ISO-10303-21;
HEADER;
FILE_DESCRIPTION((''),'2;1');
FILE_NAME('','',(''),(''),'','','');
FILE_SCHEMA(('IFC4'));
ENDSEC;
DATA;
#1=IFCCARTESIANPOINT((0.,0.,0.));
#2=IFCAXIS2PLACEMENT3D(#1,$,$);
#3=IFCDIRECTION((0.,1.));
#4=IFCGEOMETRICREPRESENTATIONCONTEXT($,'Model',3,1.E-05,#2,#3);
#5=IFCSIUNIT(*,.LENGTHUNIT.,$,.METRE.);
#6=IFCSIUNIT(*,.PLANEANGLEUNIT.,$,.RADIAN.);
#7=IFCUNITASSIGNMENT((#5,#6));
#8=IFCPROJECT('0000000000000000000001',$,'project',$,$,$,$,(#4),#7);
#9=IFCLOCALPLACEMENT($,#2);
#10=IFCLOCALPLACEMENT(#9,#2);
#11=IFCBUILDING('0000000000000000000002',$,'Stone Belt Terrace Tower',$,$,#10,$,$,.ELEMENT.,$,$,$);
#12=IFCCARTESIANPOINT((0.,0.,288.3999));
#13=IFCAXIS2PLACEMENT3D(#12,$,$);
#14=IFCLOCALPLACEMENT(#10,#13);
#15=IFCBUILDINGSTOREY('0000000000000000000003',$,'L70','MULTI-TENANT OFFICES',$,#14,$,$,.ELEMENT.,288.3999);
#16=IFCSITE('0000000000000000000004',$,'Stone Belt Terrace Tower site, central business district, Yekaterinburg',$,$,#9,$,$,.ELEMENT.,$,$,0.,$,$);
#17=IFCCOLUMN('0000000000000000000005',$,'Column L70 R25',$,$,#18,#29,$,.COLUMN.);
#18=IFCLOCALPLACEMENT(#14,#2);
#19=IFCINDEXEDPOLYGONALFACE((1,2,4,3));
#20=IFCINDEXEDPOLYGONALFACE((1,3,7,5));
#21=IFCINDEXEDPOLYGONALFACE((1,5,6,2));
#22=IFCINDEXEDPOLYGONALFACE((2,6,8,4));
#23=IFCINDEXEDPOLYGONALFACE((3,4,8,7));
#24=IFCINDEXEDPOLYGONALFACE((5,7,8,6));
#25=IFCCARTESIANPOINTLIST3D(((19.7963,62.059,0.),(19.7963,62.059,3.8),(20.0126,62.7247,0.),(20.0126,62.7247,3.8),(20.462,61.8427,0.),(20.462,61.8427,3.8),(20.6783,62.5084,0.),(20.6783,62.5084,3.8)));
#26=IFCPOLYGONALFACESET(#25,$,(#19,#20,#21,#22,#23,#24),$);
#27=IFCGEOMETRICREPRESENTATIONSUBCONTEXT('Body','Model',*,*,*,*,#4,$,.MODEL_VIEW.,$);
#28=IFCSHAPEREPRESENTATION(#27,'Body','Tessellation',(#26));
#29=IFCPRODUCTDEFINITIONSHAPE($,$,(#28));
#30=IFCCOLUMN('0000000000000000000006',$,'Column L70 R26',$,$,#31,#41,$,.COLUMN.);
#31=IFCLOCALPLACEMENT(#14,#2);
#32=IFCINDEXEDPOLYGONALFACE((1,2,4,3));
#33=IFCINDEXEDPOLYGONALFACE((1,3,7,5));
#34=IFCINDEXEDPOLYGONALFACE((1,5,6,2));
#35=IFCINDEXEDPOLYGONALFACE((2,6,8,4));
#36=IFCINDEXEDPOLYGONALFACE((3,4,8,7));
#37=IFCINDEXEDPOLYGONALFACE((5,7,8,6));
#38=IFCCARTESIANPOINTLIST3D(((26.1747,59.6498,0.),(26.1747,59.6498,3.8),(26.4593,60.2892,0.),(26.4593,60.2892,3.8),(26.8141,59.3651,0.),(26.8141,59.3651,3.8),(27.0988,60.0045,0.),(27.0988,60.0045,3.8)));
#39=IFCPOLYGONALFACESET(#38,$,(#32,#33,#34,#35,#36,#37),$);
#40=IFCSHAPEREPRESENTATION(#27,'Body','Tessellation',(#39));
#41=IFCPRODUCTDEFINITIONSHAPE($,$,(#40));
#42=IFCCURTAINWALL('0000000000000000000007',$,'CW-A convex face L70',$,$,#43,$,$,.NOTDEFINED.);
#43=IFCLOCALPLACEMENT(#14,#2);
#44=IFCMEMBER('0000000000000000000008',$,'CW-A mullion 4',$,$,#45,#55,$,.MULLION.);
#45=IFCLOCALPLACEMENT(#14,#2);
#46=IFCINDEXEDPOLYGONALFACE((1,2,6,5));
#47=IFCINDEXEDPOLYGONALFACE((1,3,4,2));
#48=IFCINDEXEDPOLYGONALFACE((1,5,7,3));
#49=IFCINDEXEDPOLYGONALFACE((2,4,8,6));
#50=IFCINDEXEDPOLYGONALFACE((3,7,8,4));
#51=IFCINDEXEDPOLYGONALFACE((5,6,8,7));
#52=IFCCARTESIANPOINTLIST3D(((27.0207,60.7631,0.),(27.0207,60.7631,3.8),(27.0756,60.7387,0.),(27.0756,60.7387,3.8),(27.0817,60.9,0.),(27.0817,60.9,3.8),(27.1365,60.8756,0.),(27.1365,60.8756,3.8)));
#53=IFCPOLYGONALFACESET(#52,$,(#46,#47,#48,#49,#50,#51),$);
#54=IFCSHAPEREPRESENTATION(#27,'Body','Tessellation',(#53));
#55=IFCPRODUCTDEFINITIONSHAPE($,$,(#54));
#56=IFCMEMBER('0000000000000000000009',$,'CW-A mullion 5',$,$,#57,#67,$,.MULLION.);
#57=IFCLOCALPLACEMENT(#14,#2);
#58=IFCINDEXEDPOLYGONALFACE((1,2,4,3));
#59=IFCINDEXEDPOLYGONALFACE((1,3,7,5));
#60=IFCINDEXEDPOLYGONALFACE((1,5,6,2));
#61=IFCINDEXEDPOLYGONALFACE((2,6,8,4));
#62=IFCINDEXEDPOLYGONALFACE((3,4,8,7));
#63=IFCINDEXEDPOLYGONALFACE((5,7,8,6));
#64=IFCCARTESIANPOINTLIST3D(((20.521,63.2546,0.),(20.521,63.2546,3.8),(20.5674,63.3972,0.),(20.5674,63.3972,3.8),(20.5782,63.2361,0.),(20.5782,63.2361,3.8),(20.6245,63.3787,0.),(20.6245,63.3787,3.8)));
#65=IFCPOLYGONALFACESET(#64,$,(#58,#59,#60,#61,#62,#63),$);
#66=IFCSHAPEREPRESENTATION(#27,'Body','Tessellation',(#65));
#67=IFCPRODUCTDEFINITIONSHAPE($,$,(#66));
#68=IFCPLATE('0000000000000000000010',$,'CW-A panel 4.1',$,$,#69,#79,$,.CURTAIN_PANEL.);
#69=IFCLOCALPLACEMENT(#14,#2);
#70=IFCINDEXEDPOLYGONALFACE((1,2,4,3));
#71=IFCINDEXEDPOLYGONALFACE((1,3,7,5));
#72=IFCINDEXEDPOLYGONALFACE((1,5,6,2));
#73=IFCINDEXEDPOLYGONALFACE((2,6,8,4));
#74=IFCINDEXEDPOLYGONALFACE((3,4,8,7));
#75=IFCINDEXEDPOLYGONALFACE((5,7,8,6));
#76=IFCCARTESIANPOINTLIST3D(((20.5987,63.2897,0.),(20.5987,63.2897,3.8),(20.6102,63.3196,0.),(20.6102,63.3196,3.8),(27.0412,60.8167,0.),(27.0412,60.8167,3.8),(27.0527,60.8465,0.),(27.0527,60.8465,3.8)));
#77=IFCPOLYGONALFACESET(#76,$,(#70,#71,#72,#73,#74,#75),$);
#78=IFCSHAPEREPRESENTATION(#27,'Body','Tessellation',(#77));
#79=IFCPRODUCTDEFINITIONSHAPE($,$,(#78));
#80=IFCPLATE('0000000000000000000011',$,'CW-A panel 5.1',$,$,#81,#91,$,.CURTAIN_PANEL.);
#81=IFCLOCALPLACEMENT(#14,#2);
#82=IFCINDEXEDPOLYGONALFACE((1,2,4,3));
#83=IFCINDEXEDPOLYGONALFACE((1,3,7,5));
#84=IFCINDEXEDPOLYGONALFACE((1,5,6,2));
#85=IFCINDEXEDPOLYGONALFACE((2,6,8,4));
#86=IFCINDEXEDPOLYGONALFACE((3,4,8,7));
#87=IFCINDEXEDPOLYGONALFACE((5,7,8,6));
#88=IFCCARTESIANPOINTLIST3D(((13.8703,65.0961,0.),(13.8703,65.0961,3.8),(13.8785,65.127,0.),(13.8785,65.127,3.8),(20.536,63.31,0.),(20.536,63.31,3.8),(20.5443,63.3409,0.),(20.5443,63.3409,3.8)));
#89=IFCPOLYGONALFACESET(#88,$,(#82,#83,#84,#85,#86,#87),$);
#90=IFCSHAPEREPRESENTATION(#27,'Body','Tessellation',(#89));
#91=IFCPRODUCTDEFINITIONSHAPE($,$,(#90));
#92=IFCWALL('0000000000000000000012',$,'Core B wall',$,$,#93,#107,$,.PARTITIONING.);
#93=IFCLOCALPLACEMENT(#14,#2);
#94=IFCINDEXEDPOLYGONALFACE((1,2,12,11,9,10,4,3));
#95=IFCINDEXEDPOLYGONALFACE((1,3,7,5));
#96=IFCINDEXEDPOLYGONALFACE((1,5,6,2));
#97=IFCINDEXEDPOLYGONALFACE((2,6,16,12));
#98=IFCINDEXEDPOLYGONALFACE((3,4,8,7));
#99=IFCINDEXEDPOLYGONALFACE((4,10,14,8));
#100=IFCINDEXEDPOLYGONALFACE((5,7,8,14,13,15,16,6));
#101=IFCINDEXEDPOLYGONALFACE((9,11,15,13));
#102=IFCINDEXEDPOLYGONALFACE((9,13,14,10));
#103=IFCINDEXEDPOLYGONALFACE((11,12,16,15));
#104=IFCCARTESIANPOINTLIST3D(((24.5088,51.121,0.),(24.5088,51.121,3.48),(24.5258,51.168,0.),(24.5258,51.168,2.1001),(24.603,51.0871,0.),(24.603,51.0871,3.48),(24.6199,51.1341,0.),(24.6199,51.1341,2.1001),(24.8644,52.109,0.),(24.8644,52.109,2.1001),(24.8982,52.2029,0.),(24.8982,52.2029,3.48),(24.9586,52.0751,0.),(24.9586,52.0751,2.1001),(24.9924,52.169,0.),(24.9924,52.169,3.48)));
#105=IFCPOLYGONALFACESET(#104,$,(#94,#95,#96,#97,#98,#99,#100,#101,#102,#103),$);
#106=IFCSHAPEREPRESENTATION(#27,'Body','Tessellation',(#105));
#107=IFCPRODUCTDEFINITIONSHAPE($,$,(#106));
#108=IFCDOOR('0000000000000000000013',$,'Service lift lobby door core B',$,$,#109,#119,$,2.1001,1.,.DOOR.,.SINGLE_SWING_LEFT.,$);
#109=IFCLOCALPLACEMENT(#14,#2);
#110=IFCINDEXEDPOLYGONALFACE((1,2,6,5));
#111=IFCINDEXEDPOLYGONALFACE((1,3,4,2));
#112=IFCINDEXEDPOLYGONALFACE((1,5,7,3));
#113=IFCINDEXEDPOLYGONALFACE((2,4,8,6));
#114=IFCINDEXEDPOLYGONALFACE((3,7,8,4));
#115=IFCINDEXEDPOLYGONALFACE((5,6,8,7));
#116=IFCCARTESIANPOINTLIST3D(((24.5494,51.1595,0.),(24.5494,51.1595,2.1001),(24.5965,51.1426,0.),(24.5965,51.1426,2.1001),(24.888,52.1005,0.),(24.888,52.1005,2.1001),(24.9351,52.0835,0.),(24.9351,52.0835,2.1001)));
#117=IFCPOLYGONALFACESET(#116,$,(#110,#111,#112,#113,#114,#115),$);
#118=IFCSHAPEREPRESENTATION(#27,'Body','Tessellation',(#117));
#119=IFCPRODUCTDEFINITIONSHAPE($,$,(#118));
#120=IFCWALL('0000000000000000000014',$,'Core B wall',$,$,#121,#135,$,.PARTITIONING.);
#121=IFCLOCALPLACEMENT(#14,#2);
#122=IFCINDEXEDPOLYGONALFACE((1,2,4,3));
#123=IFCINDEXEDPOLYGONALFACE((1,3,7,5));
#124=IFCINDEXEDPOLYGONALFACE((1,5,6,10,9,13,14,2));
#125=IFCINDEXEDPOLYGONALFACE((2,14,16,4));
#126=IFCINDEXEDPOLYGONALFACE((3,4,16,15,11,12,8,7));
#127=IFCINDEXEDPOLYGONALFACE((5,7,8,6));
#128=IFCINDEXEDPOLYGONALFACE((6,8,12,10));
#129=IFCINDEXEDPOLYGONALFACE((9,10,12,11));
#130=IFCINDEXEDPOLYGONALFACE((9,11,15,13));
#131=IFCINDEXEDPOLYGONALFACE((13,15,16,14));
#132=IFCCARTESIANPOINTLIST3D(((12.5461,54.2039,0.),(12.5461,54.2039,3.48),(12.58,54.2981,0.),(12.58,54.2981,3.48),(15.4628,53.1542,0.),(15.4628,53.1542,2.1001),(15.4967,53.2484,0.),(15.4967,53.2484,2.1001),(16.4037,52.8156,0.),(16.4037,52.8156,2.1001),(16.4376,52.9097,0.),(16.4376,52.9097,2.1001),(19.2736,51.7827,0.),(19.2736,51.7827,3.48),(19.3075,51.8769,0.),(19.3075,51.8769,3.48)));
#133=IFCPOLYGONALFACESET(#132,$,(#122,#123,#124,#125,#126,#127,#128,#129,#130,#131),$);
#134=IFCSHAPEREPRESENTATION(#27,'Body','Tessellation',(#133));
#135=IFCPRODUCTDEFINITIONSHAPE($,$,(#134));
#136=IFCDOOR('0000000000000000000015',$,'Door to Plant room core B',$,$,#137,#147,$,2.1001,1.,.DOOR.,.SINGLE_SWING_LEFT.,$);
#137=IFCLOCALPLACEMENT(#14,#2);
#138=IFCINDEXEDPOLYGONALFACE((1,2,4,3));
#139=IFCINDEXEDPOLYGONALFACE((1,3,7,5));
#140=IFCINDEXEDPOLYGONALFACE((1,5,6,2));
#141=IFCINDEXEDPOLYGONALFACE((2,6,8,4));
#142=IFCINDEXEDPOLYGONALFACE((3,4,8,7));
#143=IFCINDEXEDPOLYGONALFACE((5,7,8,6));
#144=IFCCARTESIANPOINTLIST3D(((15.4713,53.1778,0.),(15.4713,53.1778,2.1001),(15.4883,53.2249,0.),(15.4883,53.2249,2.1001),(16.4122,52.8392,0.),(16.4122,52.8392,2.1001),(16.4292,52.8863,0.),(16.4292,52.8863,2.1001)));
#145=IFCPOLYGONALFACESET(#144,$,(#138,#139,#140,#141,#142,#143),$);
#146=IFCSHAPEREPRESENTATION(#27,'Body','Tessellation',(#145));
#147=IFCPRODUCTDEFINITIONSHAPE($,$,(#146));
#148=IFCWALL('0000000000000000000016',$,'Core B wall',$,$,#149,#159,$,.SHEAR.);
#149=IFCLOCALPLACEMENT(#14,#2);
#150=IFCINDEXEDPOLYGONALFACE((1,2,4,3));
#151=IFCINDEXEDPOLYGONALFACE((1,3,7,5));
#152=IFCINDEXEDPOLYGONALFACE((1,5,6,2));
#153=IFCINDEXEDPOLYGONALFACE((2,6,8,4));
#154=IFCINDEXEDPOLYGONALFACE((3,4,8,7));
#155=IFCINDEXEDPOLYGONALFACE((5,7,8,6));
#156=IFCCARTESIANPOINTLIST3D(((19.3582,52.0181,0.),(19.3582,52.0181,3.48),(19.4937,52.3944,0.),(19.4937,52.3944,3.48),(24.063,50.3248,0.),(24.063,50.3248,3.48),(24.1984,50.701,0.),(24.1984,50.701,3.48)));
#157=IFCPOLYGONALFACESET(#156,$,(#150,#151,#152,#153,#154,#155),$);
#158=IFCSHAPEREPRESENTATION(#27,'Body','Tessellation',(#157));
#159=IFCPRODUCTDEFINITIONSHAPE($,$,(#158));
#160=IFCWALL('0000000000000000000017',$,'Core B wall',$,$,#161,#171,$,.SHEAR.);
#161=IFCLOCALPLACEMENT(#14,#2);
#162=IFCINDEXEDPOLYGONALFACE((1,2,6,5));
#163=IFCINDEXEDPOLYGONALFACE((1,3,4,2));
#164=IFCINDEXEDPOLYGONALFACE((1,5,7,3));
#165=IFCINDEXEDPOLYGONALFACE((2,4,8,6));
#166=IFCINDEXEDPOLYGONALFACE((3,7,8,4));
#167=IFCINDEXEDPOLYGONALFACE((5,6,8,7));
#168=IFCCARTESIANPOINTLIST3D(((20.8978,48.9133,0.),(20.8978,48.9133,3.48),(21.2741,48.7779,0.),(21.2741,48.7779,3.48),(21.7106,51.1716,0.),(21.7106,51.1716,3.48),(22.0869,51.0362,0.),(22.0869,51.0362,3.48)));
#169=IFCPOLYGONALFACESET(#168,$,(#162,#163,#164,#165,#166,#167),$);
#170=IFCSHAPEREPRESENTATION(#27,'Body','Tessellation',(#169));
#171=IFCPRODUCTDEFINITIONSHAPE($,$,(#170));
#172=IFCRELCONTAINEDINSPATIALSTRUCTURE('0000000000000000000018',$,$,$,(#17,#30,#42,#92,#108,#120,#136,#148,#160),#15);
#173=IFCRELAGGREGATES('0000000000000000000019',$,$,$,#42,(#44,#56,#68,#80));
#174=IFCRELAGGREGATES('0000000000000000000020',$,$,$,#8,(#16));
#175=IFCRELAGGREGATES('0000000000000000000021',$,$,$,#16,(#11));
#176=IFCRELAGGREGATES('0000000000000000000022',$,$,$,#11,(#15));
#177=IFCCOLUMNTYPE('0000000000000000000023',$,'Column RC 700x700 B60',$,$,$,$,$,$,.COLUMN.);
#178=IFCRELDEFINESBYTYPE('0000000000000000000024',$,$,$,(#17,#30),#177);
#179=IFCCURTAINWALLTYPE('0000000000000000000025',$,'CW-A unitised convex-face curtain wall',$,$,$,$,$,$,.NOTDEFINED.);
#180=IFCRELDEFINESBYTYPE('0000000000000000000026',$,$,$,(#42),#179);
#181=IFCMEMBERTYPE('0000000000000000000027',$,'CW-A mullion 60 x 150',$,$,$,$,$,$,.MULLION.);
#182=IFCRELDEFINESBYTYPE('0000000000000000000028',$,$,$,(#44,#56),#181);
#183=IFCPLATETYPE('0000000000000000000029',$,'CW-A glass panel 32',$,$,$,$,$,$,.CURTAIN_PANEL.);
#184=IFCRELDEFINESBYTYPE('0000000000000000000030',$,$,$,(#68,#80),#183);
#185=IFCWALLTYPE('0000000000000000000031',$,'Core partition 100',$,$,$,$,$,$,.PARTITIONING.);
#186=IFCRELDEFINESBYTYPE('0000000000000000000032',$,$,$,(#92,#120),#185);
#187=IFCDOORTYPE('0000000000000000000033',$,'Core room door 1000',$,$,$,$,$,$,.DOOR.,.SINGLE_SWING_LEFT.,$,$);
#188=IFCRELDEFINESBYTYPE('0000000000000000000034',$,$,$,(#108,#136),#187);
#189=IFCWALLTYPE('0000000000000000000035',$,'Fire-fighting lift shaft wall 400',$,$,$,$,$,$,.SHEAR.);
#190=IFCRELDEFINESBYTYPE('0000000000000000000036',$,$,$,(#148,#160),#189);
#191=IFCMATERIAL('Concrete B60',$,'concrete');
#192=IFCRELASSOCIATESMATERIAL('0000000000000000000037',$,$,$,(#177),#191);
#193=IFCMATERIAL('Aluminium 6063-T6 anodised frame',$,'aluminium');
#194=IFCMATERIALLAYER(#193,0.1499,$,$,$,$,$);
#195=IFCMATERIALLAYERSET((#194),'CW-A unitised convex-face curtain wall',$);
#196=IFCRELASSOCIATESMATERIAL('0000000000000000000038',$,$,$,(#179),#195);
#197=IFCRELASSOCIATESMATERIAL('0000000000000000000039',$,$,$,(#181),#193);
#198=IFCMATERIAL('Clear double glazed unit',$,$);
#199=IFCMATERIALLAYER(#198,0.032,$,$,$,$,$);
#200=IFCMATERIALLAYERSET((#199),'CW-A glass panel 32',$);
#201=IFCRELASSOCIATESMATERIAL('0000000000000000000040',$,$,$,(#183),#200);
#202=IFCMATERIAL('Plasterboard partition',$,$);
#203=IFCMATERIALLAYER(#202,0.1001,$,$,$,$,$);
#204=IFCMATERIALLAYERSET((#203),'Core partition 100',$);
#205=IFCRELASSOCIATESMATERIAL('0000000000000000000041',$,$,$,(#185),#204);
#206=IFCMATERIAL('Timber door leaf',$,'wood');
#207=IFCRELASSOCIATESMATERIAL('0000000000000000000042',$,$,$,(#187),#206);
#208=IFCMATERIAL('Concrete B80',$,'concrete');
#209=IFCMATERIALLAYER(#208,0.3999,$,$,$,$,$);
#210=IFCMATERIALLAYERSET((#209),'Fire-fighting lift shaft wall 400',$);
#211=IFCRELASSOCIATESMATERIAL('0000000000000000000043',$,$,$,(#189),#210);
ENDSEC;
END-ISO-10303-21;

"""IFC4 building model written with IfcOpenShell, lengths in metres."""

from ifc_helpers import new_model, si_unit, direction, frame, frame_2d, origin, origin_2d, place, context, subcontext, project, spatial, rectangle, extrude, material, layer, layer_set, material_profile, profile_set, type_object, element, fill, aggregate, save


model = new_model("IFC4")

# Units and contexts
model_context = context("Model", 3, precision=1e-05, world=origin(), true_north=direction((0.0, 1.0)))
body_context = subcontext(model_context, "Body", "Model", "MODEL_VIEW")
ifc_project = project(units=[si_unit("LENGTHUNIT", "METRE"), si_unit("PLANEANGLEUNIT", "RADIAN")], contexts=[model_context])

# Site, building, storey
site_placement = place(None, origin())
site = spatial("IfcSite", under=ifc_project, at=site_placement, Name="Stone Belt Terrace Tower site, central business district, Yekaterinburg", CompositionType="ELEMENT", RefElevation=0.0)
building_placement = place(site_placement, origin())
building = spatial("IfcBuilding", under=site, at=building_placement, Name="Stone Belt Terrace Tower", CompositionType="ELEMENT")
storey_placement = place(building_placement, frame((0.0, 0.0, 288.3999)))
storey = spatial("IfcBuildingStorey", under=building, at=storey_placement, Name="L70", Description="MULTI-TENANT OFFICES", CompositionType="ELEMENT", Elevation=288.3999)

# Columns
ifc_material_1 = material(Name="Concrete B60", Category="concrete")
ifc_material_profile_1 = material_profile(ifc_material_1, rectangle(XDim=0.7, YDim=0.7, at=origin_2d()), Name="RC 700x700")
ifc_profile_set_1 = profile_set([ifc_material_profile_1], Name="Concrete B60")
column_type = type_object("IfcColumnType", Name="Column RC 700x700 B60", PredefinedType="COLUMN", material=ifc_profile_set_1)
for number, where, z_axis, x_axis, name in (
    (1, (20.2373, 62.2837, 0.0), (0.0, 0.0, 1.0), (0.951057, -0.309017, 0.0), "Column L70 R25"),
    (2, (26.6367, 59.8271, 0.0), (0.0, 0.0, 1.0), (0.913545, -0.406737, 0.0), "Column L70 R26"),
):
    element("IfcColumn", number, at=place(storey_placement, frame(where, z_axis=z_axis, x_axis=x_axis)), inside=storey, type_object=column_type, Name=name, PredefinedType="COLUMN", context=body_context, shape_type="SweptSolid", body=[
        extrude(rectangle(XDim=0.7, YDim=0.7, at=origin_2d()), origin(), (0.0, 0.0, 1.0), 3.8),
    ])

# Curtain wall, members, plates
ifc_material_2 = material(Name="Aluminium 6063-T6 anodised frame", Category="aluminium")
ifc_layer_1 = layer(ifc_material_2, 0.1499)
ifc_layer_set_1 = layer_set([ifc_layer_1], Name="CW-A unitised convex-face curtain wall")
curtain_wall_type = type_object("IfcCurtainWallType", Name="CW-A unitised convex-face curtain wall", PredefinedType="NOTDEFINED", material=ifc_layer_set_1)
curtain_wall_placement = place(storey_placement, origin())
curtain_wall = element("IfcCurtainWall", 3, at=curtain_wall_placement, inside=storey, type_object=curtain_wall_type, Name="CW-A convex face L70", PredefinedType="NOTDEFINED")
ifc_material_profile_2 = material_profile(ifc_material_2, rectangle(XDim=0.1499, YDim=0.0601, at=origin_2d()), Name="Aluminium 6063-T6 60x150")
ifc_profile_set_2 = profile_set([ifc_material_profile_2], Name="Aluminium 6063-T6 anodised frame")
member_type = type_object("IfcMemberType", Name="CW-A mullion 60 x 150", PredefinedType="MULLION", material=ifc_profile_set_2)
member_1_placement = place(storey_placement, frame((27.0786, 60.8193, 0.0), z_axis=(0.0, 0.0, 1.0), x_axis=(-0.406737, -0.913545, 0.0)))
member_1 = element("IfcMember", 4, at=member_1_placement, type_object=member_type, Name="CW-A mullion 4", PredefinedType="MULLION", context=body_context, shape_type="SweptSolid", body=[
    extrude(rectangle(XDim=0.1499, YDim=0.0601, at=origin_2d()), origin(), (0.0, 0.0, 1.0), 3.8),
])
member_2_placement = place(storey_placement, frame((20.5728, 63.3167, 0.0), z_axis=(0.0, 0.0, 1.0), x_axis=(-0.309017, -0.951057, 0.0)))
member_2 = element("IfcMember", 5, at=member_2_placement, type_object=member_type, Name="CW-A mullion 5", PredefinedType="MULLION", context=body_context, shape_type="SweptSolid", body=[
    extrude(rectangle(XDim=0.1499, YDim=0.0601, at=origin_2d()), origin(), (0.0, 0.0, 1.0), 3.8),
])
ifc_material_3 = material(Name="Clear double glazed unit")
ifc_layer_2 = layer(ifc_material_3, 0.032)
ifc_layer_set_2 = layer_set([ifc_layer_2], Name="CW-A glass panel 32")
plate_type = type_object("IfcPlateType", Name="CW-A glass panel 32", PredefinedType="CURTAIN_PANEL", material=ifc_layer_set_2)
plate_1_placement = place(storey_placement, frame((23.8257, 62.0681, 0.0), z_axis=(0.0, 0.0, 1.0), x_axis=(-0.93358, 0.358368, 0.0)))
plate_1 = element("IfcPlate", 6, at=plate_1_placement, type_object=plate_type, Name="CW-A panel 4.1", PredefinedType="CURTAIN_PANEL", context=body_context, shape_type="SweptSolid", body=[
    extrude(rectangle(XDim=6.9009, YDim=0.032, at=origin_2d()), origin(), (0.0, 0.0, 1.0), 3.8),
])
plate_2_placement = place(storey_placement, frame((17.2073, 64.2185, 0.0), z_axis=(0.0, 0.0, 1.0), x_axis=(-0.965926, 0.258819, 0.0)))
plate_2 = element("IfcPlate", 7, at=plate_2_placement, type_object=plate_type, Name="CW-A panel 5.1", PredefinedType="CURTAIN_PANEL", context=body_context, shape_type="SweptSolid", body=[
    extrude(rectangle(XDim=6.9009, YDim=0.032, at=origin_2d()), origin(), (0.0, 0.0, 1.0), 3.8),
])
aggregate(curtain_wall, [member_1, member_2, plate_1, plate_2])

# Walls, openings, doors
ifc_material_4 = material(Name="Plasterboard partition")
ifc_layer_3 = layer(ifc_material_4, 0.1001)
ifc_layer_set_3 = layer_set([ifc_layer_3], Name="Core partition 100")
wall_type_1 = type_object("IfcWallType", Name="Core partition 100", PredefinedType="PARTITIONING", material=ifc_layer_set_3)
wall_1_placement = place(storey_placement, frame((24.5559, 51.104, 0.0), z_axis=(0.0, 0.0, 1.0), x_axis=(0.338622, 0.940923, 0.0)))
wall_1 = element("IfcWall", 8, at=wall_1_placement, inside=storey, type_object=wall_type_1, Name="Core B wall", PredefinedType="PARTITIONING", context=body_context, shape_type="SweptSolid", body=[
    extrude(rectangle(XDim=1.1499, YDim=0.1001, at=frame_2d((0.575, 0.0))), origin(), (0.0, 0.0, 1.0), 3.48),
])
opening_1_placement = place(wall_1_placement, frame((0.05, 0.0, 0.0)))
opening_1 = element("IfcOpeningElement", 9, at=opening_1_placement, cuts=wall_1, PredefinedType="OPENING", context=body_context, shape_type="SweptSolid", body=[
    extrude(rectangle(XDim=1.0, YDim=2.1001, at=frame_2d((0.5, 1.05))), frame((0.0, 0.0601, 0.0), z_axis=(0.0, -1.0, 0.0), x_axis=(1.0, 0.0, 0.0)), (0.0, 0.0, 1.0), 0.1201),
])
ifc_material_5 = material(Name="Timber door leaf", Category="wood")
door_type_1 = type_object("IfcDoorType", Name="Core room door 1000", OperationType="SINGLE_SWING_LEFT", PredefinedType="DOOR", material=ifc_material_5)
door_1_placement = place(opening_1_placement, origin())
door_1 = element("IfcDoor", 10, at=door_1_placement, inside=storey, type_object=door_type_1, Name="Service lift lobby door core B", OperationType="SINGLE_SWING_LEFT", OverallHeight=2.1001, OverallWidth=1.0, PredefinedType="DOOR", context=body_context, shape_type="SweptSolid", body=[
    extrude(rectangle(XDim=1.0, YDim=2.1001, at=frame_2d((0.5, 1.05))), frame((0.0, 0.0249, 0.0), z_axis=(0.0, -1.0, 0.0), x_axis=(1.0, 0.0, 0.0)), (0.0, 0.0, 1.0), 0.05),
])
fill(opening_1, door_1)
wall_2_placement = place(storey_placement, frame((19.2905, 51.8298, 0.0), z_axis=(0.0, 0.0, 1.0), x_axis=(-0.940922, 0.338624, 0.0)))
wall_2 = element("IfcWall", 11, at=wall_2_placement, inside=storey, type_object=wall_type_1, Name="Core B wall", PredefinedType="PARTITIONING", context=body_context, shape_type="SweptSolid", body=[
    extrude(rectangle(XDim=7.1499, YDim=0.1001, at=frame_2d((3.575, 0.0))), origin(), (0.0, 0.0, 1.0), 3.48),
])
opening_2_placement = place(wall_2_placement, frame((3.05, 0.0, 0.0)))
opening_2 = element("IfcOpeningElement", 12, at=opening_2_placement, cuts=wall_2, PredefinedType="OPENING", context=body_context, shape_type="SweptSolid", body=[
    extrude(rectangle(XDim=1.0, YDim=2.1001, at=frame_2d((0.5, 1.05))), frame((0.0, 0.0601, 0.0), z_axis=(0.0, -1.0, 0.0), x_axis=(1.0, 0.0, 0.0)), (0.0, 0.0, 1.0), 0.1201),
])
door_2_placement = place(opening_2_placement, origin())
door_2 = element("IfcDoor", 13, at=door_2_placement, inside=storey, type_object=door_type_1, Name="Door to Plant room core B", OperationType="SINGLE_SWING_LEFT", OverallHeight=2.1001, OverallWidth=1.0, PredefinedType="DOOR", context=body_context, shape_type="SweptSolid", body=[
    extrude(rectangle(XDim=1.0, YDim=2.1001, at=frame_2d((0.5, 1.05))), frame((0.0, 0.0249, 0.0), z_axis=(0.0, -1.0, 0.0), x_axis=(1.0, 0.0, 0.0)), (0.0, 0.0, 1.0), 0.05),
])
fill(opening_2, door_2)

# Walls
ifc_material_6 = material(Name="Concrete B80", Category="concrete")
ifc_layer_4 = layer(ifc_material_6, 0.3999)
ifc_layer_set_4 = layer_set([ifc_layer_4], Name="Fire-fighting lift shaft wall 400")
wall_type_2 = type_object("IfcWallType", Name="Fire-fighting lift shaft wall 400", PredefinedType="SHEAR", material=ifc_layer_set_4)
wall_3_placement = place(storey_placement, frame((24.1306, 50.5129, 0.0), z_axis=(0.0, 0.0, 1.0), x_axis=(-0.940912, 0.338652, 0.0)))
element("IfcWall", 14, at=wall_3_placement, inside=storey, type_object=wall_type_2, Name="Core B wall", PredefinedType="SHEAR", context=body_context, shape_type="SweptSolid", body=[
    extrude(rectangle(XDim=5.0002, YDim=0.3999, at=frame_2d((2.5, 0.0))), origin(), (0.0, 0.0, 1.0), 3.48),
])
wall_4_placement = place(storey_placement, frame((21.0859, 48.8455, 0.0), z_axis=(0.0, 0.0, 1.0), x_axis=(0.338629, 0.94092, 0.0)))
element("IfcWall", 15, at=wall_4_placement, inside=storey, type_object=wall_type_2, Name="Core B wall", PredefinedType="SHEAR", context=body_context, shape_type="SweptSolid", body=[
    extrude(rectangle(XDim=2.4001, YDim=0.3999, at=frame_2d((1.2002, 0.0))), origin(), (0.0, 0.0, 1.0), 3.48),
])

save(model, "model.ifc")
